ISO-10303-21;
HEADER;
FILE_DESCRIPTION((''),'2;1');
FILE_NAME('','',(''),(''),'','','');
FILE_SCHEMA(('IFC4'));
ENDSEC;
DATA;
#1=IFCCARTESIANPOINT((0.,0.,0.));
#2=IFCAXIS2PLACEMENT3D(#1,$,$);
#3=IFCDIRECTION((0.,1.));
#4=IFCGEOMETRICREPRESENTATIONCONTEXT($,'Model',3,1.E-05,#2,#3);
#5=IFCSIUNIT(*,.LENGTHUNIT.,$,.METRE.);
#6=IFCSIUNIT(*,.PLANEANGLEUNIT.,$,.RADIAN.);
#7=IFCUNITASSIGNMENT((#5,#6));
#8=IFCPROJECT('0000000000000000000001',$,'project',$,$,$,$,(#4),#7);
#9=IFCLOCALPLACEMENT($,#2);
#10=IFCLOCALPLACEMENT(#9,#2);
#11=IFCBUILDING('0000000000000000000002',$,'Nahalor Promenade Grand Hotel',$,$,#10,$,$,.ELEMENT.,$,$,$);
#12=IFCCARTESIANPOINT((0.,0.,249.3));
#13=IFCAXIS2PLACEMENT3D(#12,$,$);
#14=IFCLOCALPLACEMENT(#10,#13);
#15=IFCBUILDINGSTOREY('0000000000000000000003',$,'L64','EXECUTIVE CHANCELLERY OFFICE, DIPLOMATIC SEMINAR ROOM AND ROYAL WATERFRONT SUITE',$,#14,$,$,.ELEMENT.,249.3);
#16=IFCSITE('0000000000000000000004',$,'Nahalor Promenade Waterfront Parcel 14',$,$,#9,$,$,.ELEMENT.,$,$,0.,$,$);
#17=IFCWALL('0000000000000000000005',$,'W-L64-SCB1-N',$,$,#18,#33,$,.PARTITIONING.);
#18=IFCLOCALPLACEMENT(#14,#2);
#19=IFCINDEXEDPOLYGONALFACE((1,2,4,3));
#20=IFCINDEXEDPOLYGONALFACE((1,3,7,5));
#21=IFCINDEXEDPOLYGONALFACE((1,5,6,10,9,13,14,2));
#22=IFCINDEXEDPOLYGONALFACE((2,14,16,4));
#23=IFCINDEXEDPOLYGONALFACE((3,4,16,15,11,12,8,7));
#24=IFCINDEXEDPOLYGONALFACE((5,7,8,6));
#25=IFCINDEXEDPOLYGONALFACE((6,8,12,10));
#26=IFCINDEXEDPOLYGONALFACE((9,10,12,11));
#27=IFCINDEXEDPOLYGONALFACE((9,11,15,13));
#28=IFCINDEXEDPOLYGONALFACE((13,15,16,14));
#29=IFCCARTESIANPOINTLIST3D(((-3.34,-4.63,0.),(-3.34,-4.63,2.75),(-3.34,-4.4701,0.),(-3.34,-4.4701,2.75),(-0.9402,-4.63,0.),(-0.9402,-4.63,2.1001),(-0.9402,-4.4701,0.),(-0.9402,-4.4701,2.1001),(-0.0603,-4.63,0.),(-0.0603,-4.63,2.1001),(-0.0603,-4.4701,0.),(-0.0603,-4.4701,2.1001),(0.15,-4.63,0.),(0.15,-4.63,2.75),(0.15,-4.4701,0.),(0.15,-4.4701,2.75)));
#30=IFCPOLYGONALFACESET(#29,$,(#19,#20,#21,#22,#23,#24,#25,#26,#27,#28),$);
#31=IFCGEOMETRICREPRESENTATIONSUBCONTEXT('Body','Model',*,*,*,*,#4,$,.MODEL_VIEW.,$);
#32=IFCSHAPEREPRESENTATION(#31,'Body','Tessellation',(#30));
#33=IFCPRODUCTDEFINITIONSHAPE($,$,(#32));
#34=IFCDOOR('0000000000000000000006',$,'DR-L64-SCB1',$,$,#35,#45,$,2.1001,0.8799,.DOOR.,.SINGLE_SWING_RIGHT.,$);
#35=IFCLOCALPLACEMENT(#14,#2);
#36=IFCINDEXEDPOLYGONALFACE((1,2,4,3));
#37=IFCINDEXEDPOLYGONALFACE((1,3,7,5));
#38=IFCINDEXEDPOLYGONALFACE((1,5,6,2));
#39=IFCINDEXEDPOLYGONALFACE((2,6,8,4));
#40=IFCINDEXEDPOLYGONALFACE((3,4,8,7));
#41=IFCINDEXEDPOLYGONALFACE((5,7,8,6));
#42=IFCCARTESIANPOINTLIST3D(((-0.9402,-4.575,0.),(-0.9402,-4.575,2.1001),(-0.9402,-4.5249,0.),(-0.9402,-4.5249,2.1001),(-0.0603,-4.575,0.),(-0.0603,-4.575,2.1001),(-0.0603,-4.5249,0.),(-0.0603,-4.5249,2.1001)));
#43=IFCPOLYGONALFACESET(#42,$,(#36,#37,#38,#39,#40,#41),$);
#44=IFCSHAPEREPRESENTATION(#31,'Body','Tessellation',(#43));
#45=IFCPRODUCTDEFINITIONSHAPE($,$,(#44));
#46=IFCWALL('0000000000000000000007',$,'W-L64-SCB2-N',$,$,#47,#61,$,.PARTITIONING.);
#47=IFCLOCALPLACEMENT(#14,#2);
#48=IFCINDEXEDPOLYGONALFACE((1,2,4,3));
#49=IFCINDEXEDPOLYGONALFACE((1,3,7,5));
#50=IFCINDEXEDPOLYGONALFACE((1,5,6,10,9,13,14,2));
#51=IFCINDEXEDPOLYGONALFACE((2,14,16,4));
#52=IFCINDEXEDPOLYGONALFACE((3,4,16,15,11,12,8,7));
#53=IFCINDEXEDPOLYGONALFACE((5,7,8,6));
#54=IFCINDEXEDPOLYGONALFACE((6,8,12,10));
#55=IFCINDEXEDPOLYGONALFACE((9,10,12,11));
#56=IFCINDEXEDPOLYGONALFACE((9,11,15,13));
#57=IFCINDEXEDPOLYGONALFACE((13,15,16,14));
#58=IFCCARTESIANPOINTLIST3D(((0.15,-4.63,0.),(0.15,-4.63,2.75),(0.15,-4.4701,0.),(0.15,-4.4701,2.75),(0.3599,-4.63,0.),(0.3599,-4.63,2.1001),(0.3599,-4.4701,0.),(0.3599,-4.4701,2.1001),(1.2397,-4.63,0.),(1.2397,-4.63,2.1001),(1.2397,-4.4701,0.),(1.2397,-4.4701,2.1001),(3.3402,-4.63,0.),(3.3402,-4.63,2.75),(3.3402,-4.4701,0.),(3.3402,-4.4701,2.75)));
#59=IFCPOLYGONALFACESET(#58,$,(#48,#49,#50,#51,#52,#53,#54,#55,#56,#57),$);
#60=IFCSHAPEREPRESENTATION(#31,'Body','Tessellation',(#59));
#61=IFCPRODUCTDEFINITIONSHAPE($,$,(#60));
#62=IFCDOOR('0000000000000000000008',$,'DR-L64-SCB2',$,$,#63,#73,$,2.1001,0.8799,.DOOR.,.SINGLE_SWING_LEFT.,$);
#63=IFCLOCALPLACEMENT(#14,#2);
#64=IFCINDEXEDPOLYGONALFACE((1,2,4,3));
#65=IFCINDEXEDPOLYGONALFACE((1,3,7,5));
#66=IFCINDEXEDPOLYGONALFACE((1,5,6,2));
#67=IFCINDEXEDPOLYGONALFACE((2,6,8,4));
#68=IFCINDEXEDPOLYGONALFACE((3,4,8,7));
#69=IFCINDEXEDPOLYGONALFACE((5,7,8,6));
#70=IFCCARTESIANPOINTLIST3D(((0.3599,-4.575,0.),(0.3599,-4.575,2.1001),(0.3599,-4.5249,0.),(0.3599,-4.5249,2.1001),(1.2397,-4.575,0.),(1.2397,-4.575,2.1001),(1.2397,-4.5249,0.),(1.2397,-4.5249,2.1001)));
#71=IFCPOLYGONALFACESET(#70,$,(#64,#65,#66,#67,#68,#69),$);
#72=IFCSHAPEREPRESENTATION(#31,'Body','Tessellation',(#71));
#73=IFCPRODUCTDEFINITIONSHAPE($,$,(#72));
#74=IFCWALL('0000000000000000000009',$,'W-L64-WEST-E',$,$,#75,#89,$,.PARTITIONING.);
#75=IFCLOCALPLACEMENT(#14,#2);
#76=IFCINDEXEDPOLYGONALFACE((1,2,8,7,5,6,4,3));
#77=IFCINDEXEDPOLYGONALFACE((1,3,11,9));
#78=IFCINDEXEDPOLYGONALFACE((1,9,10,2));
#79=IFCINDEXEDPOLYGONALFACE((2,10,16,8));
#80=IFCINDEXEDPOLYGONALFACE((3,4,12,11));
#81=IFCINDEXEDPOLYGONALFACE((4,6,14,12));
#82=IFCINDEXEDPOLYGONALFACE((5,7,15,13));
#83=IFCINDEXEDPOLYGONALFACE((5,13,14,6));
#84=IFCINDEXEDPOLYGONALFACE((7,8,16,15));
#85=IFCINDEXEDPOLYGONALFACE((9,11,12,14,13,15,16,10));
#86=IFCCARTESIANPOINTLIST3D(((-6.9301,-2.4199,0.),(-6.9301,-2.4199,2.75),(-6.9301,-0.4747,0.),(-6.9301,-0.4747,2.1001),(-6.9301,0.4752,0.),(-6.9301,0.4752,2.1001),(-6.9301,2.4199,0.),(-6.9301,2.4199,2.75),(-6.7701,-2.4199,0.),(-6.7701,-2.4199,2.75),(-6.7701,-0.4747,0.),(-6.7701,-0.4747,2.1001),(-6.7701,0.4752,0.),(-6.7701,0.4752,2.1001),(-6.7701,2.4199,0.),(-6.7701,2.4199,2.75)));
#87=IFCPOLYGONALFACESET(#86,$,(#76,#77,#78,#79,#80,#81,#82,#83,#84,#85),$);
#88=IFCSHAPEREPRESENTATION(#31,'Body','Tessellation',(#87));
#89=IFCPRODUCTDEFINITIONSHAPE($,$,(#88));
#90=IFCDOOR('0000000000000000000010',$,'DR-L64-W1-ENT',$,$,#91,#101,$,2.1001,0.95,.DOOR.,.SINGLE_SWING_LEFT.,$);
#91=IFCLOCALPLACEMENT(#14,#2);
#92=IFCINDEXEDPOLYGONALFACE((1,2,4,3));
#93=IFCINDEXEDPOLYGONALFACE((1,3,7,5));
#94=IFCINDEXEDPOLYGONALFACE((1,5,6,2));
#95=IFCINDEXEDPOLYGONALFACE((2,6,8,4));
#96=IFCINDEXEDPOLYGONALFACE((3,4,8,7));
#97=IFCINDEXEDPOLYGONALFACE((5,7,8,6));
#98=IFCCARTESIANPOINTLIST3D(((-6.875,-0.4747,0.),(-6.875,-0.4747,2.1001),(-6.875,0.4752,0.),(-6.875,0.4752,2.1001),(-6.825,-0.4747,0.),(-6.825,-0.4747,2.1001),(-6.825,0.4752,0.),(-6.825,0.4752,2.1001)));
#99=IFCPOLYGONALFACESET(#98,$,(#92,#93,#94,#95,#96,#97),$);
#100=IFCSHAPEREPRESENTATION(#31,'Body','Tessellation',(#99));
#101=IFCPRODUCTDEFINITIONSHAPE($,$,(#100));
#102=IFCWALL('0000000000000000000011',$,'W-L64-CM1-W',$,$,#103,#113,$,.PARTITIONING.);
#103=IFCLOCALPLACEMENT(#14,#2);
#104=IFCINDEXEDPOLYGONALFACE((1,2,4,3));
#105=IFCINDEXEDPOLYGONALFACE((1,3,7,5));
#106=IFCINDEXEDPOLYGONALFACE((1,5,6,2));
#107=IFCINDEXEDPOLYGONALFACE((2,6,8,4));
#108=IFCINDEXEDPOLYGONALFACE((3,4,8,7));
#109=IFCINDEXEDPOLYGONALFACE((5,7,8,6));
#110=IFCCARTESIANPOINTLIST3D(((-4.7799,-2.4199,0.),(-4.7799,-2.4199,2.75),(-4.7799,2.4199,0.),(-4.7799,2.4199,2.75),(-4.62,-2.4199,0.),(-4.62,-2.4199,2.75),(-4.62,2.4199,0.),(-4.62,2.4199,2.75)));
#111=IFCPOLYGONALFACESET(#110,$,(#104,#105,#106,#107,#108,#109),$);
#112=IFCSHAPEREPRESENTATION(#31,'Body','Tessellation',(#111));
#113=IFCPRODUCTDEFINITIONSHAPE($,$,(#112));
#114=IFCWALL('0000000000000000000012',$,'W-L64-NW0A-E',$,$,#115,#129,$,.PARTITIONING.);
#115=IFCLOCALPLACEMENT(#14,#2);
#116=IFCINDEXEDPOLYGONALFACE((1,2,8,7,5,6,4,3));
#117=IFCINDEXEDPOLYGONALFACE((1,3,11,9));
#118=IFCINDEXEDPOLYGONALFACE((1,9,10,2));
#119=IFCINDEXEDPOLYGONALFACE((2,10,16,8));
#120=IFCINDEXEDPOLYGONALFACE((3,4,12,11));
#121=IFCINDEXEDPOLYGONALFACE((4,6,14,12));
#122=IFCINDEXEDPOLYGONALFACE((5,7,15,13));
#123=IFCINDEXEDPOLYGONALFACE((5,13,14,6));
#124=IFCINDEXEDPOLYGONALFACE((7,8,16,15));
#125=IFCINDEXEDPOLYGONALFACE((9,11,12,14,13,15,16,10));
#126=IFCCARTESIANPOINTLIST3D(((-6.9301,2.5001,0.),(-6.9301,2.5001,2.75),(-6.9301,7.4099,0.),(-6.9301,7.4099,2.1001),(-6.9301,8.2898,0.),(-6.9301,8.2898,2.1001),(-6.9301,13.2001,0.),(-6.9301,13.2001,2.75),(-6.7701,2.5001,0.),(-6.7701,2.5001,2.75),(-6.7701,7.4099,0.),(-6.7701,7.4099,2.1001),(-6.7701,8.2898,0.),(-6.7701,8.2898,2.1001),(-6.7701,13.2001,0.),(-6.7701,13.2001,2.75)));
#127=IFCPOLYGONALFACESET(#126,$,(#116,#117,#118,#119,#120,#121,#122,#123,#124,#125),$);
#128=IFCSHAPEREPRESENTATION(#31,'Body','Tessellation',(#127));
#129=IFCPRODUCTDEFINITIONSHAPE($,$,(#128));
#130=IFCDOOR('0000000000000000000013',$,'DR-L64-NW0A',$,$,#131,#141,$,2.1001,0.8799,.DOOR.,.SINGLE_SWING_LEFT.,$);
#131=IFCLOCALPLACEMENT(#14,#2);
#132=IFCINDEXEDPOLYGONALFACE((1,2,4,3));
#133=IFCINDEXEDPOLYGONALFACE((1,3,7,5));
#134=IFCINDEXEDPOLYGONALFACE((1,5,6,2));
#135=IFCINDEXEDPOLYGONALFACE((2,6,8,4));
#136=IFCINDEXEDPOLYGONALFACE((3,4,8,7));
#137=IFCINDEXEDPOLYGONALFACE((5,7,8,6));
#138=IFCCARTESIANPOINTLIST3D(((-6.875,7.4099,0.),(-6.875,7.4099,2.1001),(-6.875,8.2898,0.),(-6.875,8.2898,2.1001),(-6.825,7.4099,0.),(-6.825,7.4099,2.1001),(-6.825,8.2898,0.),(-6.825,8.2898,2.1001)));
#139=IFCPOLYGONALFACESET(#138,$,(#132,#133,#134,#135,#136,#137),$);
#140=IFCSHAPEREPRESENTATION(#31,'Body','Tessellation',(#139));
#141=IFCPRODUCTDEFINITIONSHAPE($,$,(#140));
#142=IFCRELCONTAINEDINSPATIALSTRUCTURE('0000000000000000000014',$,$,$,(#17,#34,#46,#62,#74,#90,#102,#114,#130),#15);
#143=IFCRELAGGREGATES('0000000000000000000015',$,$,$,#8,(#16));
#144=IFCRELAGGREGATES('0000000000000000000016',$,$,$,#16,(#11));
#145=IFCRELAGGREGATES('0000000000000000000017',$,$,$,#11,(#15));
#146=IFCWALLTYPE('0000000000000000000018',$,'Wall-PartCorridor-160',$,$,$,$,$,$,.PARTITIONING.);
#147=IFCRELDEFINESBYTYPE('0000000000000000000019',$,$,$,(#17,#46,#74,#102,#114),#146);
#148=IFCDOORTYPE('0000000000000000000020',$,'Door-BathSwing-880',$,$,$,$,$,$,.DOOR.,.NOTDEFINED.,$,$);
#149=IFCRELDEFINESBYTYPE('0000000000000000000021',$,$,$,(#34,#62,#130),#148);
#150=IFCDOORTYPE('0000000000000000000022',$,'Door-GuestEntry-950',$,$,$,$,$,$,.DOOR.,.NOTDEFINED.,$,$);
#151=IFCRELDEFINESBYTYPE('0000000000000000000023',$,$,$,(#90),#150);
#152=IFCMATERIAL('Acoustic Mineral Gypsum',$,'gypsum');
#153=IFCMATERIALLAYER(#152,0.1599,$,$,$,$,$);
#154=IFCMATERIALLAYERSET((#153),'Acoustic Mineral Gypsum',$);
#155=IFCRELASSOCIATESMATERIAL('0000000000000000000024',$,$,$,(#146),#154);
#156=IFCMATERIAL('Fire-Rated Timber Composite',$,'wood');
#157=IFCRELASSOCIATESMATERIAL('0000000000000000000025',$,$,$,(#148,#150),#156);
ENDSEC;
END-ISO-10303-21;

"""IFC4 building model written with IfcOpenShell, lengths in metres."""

from ifc_helpers import new_model, si_unit, direction, frame, frame_2d, origin, place, context, subcontext, project, spatial, rectangle, extrude, source, transform, mapped, material, layer, layer_set, type_object, element, fill, save


model = new_model("IFC4")

# Units and contexts
model_context = context("Model", 3, precision=1e-05, world=origin(), true_north=direction((0.0, 1.0)))
body_context = subcontext(model_context, "Body", "Model", "MODEL_VIEW")
ifc_project = project(units=[si_unit("LENGTHUNIT", "METRE"), si_unit("PLANEANGLEUNIT", "RADIAN")], contexts=[model_context])

# Site, building, storey
site_placement = place(None, origin())
site = spatial("IfcSite", under=ifc_project, at=site_placement, Name="Nahalor Promenade Waterfront Parcel 14", CompositionType="ELEMENT", RefElevation=0.0)
building_placement = place(site_placement, origin())
building = spatial("IfcBuilding", under=site, at=building_placement, Name="Nahalor Promenade Grand Hotel", CompositionType="ELEMENT")
storey_placement = place(building_placement, frame((0.0, 0.0, 249.3)))
storey = spatial("IfcBuildingStorey", under=building, at=storey_placement, Name="L64", Description="EXECUTIVE CHANCELLERY OFFICE, DIPLOMATIC SEMINAR ROOM AND ROYAL WATERFRONT SUITE", CompositionType="ELEMENT", Elevation=249.3)

# Walls, openings, doors
ifc_material_1 = material(Name="Acoustic Mineral Gypsum", Category="gypsum")
ifc_layer_1 = layer(ifc_material_1, 0.1599)
ifc_layer_set_1 = layer_set([ifc_layer_1], Name="Acoustic Mineral Gypsum")
wall_type = type_object("IfcWallType", Name="Wall-PartCorridor-160", PredefinedType="PARTITIONING", material=ifc_layer_set_1)
shared_shape_1 = source(origin(), body_context, "Body", "SweptSolid", [
    extrude(rectangle(XDim=3.49, YDim=0.1599, at=frame_2d((1.7451, 0.0))), origin(), (0.0, 0.0, 1.0), 2.75),
])
wall_1_placement = place(storey_placement, frame((-3.3401, -4.55, 0.0), z_axis=(0.0, 0.0, 1.0), x_axis=(1.0, 0.0, 0.0)))
wall_1 = element("IfcWall", 1, at=wall_1_placement, inside=storey, type_object=wall_type, Name="W-L64-SCB1-N", PredefinedType="PARTITIONING", context=body_context, shape_type="MappedRepresentation", body=[
    mapped(shared_shape_1, transform((0.0, 0.0, 0.0), scale=1.0)),
])
opening_1_placement = place(wall_1_placement, frame((2.3999, 0.0, 0.0)))
opening_1 = element("IfcOpeningElement", 2, at=opening_1_placement, cuts=wall_1, PredefinedType="OPENING", context=body_context, shape_type="SweptSolid", body=[
    extrude(rectangle(XDim=0.8799, YDim=2.1001, at=frame_2d((0.4399, 1.05))), frame((0.0, 0.0898, 0.0), z_axis=(0.0, -1.0, 0.0), x_axis=(1.0, 0.0, 0.0)), (0.0, 0.0, 1.0), 0.1799),
])
ifc_material_2 = material(Name="Fire-Rated Timber Composite", Category="wood")
door_type_1 = type_object("IfcDoorType", Name="Door-BathSwing-880", OperationType="NOTDEFINED", PredefinedType="DOOR", material=ifc_material_2)
shared_shape_2 = source(origin(), body_context, "Body", "SweptSolid", [
    extrude(rectangle(XDim=0.8799, YDim=2.1001, at=frame_2d((0.4399, 1.05))), frame((0.0, 0.0249, 0.0), z_axis=(0.0, -1.0, 0.0), x_axis=(1.0, 0.0, 0.0)), (0.0, 0.0, 1.0), 0.05),
])
door_1_placement = place(opening_1_placement, frame((0.8799, 0.0, 0.0), z_axis=(0.0, 0.0, 1.0), x_axis=(-1.0, 0.0, 0.0)))
door_1 = element("IfcDoor", 3, at=door_1_placement, inside=storey, type_object=door_type_1, Name="DR-L64-SCB1", OperationType="SINGLE_SWING_RIGHT", OverallHeight=2.1001, OverallWidth=0.8799, PredefinedType="DOOR", context=body_context, shape_type="MappedRepresentation", body=[
    mapped(shared_shape_2, transform((0.0, 0.0, 0.0), scale=1.0)),
])
fill(opening_1, door_1)
shared_shape_3 = source(origin(), body_context, "Body", "SweptSolid", [
    extrude(rectangle(XDim=3.1902, YDim=0.1599, at=frame_2d((1.5952, 0.0))), origin(), (0.0, 0.0, 1.0), 2.75),
])
wall_2_placement = place(storey_placement, frame((0.1499, -4.55, 0.0), z_axis=(0.0, 0.0, 1.0), x_axis=(1.0, 0.0, 0.0)))
wall_2 = element("IfcWall", 4, at=wall_2_placement, inside=storey, type_object=wall_type, Name="W-L64-SCB2-N", PredefinedType="PARTITIONING", context=body_context, shape_type="MappedRepresentation", body=[
    mapped(shared_shape_3, transform((0.0, 0.0, 0.0), scale=1.0)),
])
opening_2_placement = place(wall_2_placement, frame((0.21, 0.0, 0.0)))
opening_2 = element("IfcOpeningElement", 5, at=opening_2_placement, cuts=wall_2, PredefinedType="OPENING", context=body_context, shape_type="SweptSolid", body=[
    extrude(rectangle(XDim=0.8799, YDim=2.1001, at=frame_2d((0.4399, 1.05))), frame((0.0, 0.0898, 0.0), z_axis=(0.0, -1.0, 0.0), x_axis=(1.0, 0.0, 0.0)), (0.0, 0.0, 1.0), 0.1799),
])
door_2_placement = place(opening_2_placement, frame((0.8799, 0.0, 0.0), z_axis=(0.0, 0.0, 1.0), x_axis=(-1.0, 0.0, 0.0)))
door_2 = element("IfcDoor", 6, at=door_2_placement, inside=storey, type_object=door_type_1, Name="DR-L64-SCB2", OperationType="SINGLE_SWING_LEFT", OverallHeight=2.1001, OverallWidth=0.8799, PredefinedType="DOOR", context=body_context, shape_type="MappedRepresentation", body=[
    mapped(shared_shape_2, transform((0.0, 0.0, 0.0), scale=1.0)),
])
fill(opening_2, door_2)
shared_shape_4 = source(origin(), body_context, "Body", "SweptSolid", [
    extrude(rectangle(XDim=4.8398, YDim=0.1599, at=frame_2d((2.4199, 0.0))), origin(), (0.0, 0.0, 1.0), 2.75),
])
wall_3_placement = place(storey_placement, frame((-6.8501, -2.4199, 0.0), z_axis=(0.0, 0.0, 1.0), x_axis=(0.0, 1.0, 0.0)))
wall_3 = element("IfcWall", 7, at=wall_3_placement, inside=storey, type_object=wall_type, Name="W-L64-WEST-E", PredefinedType="PARTITIONING", context=body_context, shape_type="MappedRepresentation", body=[
    mapped(shared_shape_4, transform((0.0, 0.0, 0.0), scale=1.0)),
])
opening_3_placement = place(wall_3_placement, frame((1.9451, 0.0, 0.0)))
opening_3 = element("IfcOpeningElement", 8, at=opening_3_placement, cuts=wall_3, PredefinedType="OPENING", context=body_context, shape_type="SweptSolid", body=[
    extrude(rectangle(XDim=0.95, YDim=2.1001, at=frame_2d((0.4751, 1.05))), frame((0.0, 0.0898, 0.0), z_axis=(0.0, -1.0, 0.0), x_axis=(1.0, 0.0, 0.0)), (0.0, 0.0, 1.0), 0.1799),
])
door_type_2 = type_object("IfcDoorType", Name="Door-GuestEntry-950", OperationType="NOTDEFINED", PredefinedType="DOOR", material=ifc_material_2)
shared_shape_5 = source(origin(), body_context, "Body", "SweptSolid", [
    extrude(rectangle(XDim=0.95, YDim=2.1001, at=frame_2d((0.4751, 1.05))), frame((0.0, 0.0249, 0.0), z_axis=(0.0, -1.0, 0.0), x_axis=(1.0, 0.0, 0.0)), (0.0, 0.0, 1.0), 0.05),
])
door_3_placement = place(opening_3_placement, origin())
door_3 = element("IfcDoor", 9, at=door_3_placement, inside=storey, type_object=door_type_2, Name="DR-L64-W1-ENT", OperationType="SINGLE_SWING_LEFT", OverallHeight=2.1001, OverallWidth=0.95, PredefinedType="DOOR", context=body_context, shape_type="MappedRepresentation", body=[
    mapped(shared_shape_5, transform((0.0, 0.0, 0.0), scale=1.0)),
])
fill(opening_3, door_3)

# Wall
wall_4_placement = place(storey_placement, frame((-4.7, -2.4199, 0.0), z_axis=(0.0, 0.0, 1.0), x_axis=(0.0, 1.0, 0.0)))
element("IfcWall", 10, at=wall_4_placement, inside=storey, type_object=wall_type, Name="W-L64-CM1-W", PredefinedType="PARTITIONING", context=body_context, shape_type="MappedRepresentation", body=[
    mapped(shared_shape_4, transform((0.0, 0.0, 0.0), scale=1.0)),
])

# Wall, opening, door
shared_shape_6 = source(origin(), body_context, "Body", "SweptSolid", [
    extrude(rectangle(XDim=10.7, YDim=0.1599, at=frame_2d((5.3501, 0.0))), origin(), (0.0, 0.0, 1.0), 2.75),
])
wall_5_placement = place(storey_placement, frame((-6.8501, 2.5, 0.0), z_axis=(0.0, 0.0, 1.0), x_axis=(0.0, 1.0, 0.0)))
wall_5 = element("IfcWall", 11, at=wall_5_placement, inside=storey, type_object=wall_type, Name="W-L64-NW0A-E", PredefinedType="PARTITIONING", context=body_context, shape_type="MappedRepresentation", body=[
    mapped(shared_shape_6, transform((0.0, 0.0, 0.0), scale=1.0)),
])
opening_4_placement = place(wall_5_placement, frame((4.9099, 0.0, 0.0)))
opening_4 = element("IfcOpeningElement", 12, at=opening_4_placement, cuts=wall_5, PredefinedType="OPENING", context=body_context, shape_type="SweptSolid", body=[
    extrude(rectangle(XDim=0.8799, YDim=2.1001, at=frame_2d((0.4399, 1.05))), frame((0.0, 0.0898, 0.0), z_axis=(0.0, -1.0, 0.0), x_axis=(1.0, 0.0, 0.0)), (0.0, 0.0, 1.0), 0.1799),
])
door_4_placement = place(opening_4_placement, origin())
door_4 = element("IfcDoor", 13, at=door_4_placement, inside=storey, type_object=door_type_1, Name="DR-L64-NW0A", OperationType="SINGLE_SWING_LEFT", OverallHeight=2.1001, OverallWidth=0.8799, PredefinedType="DOOR", context=body_context, shape_type="MappedRepresentation", body=[
    mapped(shared_shape_2, transform((0.0, 0.0, 0.0), scale=1.0)),
])
fill(opening_4, door_4)

save(model, "model.ifc")
